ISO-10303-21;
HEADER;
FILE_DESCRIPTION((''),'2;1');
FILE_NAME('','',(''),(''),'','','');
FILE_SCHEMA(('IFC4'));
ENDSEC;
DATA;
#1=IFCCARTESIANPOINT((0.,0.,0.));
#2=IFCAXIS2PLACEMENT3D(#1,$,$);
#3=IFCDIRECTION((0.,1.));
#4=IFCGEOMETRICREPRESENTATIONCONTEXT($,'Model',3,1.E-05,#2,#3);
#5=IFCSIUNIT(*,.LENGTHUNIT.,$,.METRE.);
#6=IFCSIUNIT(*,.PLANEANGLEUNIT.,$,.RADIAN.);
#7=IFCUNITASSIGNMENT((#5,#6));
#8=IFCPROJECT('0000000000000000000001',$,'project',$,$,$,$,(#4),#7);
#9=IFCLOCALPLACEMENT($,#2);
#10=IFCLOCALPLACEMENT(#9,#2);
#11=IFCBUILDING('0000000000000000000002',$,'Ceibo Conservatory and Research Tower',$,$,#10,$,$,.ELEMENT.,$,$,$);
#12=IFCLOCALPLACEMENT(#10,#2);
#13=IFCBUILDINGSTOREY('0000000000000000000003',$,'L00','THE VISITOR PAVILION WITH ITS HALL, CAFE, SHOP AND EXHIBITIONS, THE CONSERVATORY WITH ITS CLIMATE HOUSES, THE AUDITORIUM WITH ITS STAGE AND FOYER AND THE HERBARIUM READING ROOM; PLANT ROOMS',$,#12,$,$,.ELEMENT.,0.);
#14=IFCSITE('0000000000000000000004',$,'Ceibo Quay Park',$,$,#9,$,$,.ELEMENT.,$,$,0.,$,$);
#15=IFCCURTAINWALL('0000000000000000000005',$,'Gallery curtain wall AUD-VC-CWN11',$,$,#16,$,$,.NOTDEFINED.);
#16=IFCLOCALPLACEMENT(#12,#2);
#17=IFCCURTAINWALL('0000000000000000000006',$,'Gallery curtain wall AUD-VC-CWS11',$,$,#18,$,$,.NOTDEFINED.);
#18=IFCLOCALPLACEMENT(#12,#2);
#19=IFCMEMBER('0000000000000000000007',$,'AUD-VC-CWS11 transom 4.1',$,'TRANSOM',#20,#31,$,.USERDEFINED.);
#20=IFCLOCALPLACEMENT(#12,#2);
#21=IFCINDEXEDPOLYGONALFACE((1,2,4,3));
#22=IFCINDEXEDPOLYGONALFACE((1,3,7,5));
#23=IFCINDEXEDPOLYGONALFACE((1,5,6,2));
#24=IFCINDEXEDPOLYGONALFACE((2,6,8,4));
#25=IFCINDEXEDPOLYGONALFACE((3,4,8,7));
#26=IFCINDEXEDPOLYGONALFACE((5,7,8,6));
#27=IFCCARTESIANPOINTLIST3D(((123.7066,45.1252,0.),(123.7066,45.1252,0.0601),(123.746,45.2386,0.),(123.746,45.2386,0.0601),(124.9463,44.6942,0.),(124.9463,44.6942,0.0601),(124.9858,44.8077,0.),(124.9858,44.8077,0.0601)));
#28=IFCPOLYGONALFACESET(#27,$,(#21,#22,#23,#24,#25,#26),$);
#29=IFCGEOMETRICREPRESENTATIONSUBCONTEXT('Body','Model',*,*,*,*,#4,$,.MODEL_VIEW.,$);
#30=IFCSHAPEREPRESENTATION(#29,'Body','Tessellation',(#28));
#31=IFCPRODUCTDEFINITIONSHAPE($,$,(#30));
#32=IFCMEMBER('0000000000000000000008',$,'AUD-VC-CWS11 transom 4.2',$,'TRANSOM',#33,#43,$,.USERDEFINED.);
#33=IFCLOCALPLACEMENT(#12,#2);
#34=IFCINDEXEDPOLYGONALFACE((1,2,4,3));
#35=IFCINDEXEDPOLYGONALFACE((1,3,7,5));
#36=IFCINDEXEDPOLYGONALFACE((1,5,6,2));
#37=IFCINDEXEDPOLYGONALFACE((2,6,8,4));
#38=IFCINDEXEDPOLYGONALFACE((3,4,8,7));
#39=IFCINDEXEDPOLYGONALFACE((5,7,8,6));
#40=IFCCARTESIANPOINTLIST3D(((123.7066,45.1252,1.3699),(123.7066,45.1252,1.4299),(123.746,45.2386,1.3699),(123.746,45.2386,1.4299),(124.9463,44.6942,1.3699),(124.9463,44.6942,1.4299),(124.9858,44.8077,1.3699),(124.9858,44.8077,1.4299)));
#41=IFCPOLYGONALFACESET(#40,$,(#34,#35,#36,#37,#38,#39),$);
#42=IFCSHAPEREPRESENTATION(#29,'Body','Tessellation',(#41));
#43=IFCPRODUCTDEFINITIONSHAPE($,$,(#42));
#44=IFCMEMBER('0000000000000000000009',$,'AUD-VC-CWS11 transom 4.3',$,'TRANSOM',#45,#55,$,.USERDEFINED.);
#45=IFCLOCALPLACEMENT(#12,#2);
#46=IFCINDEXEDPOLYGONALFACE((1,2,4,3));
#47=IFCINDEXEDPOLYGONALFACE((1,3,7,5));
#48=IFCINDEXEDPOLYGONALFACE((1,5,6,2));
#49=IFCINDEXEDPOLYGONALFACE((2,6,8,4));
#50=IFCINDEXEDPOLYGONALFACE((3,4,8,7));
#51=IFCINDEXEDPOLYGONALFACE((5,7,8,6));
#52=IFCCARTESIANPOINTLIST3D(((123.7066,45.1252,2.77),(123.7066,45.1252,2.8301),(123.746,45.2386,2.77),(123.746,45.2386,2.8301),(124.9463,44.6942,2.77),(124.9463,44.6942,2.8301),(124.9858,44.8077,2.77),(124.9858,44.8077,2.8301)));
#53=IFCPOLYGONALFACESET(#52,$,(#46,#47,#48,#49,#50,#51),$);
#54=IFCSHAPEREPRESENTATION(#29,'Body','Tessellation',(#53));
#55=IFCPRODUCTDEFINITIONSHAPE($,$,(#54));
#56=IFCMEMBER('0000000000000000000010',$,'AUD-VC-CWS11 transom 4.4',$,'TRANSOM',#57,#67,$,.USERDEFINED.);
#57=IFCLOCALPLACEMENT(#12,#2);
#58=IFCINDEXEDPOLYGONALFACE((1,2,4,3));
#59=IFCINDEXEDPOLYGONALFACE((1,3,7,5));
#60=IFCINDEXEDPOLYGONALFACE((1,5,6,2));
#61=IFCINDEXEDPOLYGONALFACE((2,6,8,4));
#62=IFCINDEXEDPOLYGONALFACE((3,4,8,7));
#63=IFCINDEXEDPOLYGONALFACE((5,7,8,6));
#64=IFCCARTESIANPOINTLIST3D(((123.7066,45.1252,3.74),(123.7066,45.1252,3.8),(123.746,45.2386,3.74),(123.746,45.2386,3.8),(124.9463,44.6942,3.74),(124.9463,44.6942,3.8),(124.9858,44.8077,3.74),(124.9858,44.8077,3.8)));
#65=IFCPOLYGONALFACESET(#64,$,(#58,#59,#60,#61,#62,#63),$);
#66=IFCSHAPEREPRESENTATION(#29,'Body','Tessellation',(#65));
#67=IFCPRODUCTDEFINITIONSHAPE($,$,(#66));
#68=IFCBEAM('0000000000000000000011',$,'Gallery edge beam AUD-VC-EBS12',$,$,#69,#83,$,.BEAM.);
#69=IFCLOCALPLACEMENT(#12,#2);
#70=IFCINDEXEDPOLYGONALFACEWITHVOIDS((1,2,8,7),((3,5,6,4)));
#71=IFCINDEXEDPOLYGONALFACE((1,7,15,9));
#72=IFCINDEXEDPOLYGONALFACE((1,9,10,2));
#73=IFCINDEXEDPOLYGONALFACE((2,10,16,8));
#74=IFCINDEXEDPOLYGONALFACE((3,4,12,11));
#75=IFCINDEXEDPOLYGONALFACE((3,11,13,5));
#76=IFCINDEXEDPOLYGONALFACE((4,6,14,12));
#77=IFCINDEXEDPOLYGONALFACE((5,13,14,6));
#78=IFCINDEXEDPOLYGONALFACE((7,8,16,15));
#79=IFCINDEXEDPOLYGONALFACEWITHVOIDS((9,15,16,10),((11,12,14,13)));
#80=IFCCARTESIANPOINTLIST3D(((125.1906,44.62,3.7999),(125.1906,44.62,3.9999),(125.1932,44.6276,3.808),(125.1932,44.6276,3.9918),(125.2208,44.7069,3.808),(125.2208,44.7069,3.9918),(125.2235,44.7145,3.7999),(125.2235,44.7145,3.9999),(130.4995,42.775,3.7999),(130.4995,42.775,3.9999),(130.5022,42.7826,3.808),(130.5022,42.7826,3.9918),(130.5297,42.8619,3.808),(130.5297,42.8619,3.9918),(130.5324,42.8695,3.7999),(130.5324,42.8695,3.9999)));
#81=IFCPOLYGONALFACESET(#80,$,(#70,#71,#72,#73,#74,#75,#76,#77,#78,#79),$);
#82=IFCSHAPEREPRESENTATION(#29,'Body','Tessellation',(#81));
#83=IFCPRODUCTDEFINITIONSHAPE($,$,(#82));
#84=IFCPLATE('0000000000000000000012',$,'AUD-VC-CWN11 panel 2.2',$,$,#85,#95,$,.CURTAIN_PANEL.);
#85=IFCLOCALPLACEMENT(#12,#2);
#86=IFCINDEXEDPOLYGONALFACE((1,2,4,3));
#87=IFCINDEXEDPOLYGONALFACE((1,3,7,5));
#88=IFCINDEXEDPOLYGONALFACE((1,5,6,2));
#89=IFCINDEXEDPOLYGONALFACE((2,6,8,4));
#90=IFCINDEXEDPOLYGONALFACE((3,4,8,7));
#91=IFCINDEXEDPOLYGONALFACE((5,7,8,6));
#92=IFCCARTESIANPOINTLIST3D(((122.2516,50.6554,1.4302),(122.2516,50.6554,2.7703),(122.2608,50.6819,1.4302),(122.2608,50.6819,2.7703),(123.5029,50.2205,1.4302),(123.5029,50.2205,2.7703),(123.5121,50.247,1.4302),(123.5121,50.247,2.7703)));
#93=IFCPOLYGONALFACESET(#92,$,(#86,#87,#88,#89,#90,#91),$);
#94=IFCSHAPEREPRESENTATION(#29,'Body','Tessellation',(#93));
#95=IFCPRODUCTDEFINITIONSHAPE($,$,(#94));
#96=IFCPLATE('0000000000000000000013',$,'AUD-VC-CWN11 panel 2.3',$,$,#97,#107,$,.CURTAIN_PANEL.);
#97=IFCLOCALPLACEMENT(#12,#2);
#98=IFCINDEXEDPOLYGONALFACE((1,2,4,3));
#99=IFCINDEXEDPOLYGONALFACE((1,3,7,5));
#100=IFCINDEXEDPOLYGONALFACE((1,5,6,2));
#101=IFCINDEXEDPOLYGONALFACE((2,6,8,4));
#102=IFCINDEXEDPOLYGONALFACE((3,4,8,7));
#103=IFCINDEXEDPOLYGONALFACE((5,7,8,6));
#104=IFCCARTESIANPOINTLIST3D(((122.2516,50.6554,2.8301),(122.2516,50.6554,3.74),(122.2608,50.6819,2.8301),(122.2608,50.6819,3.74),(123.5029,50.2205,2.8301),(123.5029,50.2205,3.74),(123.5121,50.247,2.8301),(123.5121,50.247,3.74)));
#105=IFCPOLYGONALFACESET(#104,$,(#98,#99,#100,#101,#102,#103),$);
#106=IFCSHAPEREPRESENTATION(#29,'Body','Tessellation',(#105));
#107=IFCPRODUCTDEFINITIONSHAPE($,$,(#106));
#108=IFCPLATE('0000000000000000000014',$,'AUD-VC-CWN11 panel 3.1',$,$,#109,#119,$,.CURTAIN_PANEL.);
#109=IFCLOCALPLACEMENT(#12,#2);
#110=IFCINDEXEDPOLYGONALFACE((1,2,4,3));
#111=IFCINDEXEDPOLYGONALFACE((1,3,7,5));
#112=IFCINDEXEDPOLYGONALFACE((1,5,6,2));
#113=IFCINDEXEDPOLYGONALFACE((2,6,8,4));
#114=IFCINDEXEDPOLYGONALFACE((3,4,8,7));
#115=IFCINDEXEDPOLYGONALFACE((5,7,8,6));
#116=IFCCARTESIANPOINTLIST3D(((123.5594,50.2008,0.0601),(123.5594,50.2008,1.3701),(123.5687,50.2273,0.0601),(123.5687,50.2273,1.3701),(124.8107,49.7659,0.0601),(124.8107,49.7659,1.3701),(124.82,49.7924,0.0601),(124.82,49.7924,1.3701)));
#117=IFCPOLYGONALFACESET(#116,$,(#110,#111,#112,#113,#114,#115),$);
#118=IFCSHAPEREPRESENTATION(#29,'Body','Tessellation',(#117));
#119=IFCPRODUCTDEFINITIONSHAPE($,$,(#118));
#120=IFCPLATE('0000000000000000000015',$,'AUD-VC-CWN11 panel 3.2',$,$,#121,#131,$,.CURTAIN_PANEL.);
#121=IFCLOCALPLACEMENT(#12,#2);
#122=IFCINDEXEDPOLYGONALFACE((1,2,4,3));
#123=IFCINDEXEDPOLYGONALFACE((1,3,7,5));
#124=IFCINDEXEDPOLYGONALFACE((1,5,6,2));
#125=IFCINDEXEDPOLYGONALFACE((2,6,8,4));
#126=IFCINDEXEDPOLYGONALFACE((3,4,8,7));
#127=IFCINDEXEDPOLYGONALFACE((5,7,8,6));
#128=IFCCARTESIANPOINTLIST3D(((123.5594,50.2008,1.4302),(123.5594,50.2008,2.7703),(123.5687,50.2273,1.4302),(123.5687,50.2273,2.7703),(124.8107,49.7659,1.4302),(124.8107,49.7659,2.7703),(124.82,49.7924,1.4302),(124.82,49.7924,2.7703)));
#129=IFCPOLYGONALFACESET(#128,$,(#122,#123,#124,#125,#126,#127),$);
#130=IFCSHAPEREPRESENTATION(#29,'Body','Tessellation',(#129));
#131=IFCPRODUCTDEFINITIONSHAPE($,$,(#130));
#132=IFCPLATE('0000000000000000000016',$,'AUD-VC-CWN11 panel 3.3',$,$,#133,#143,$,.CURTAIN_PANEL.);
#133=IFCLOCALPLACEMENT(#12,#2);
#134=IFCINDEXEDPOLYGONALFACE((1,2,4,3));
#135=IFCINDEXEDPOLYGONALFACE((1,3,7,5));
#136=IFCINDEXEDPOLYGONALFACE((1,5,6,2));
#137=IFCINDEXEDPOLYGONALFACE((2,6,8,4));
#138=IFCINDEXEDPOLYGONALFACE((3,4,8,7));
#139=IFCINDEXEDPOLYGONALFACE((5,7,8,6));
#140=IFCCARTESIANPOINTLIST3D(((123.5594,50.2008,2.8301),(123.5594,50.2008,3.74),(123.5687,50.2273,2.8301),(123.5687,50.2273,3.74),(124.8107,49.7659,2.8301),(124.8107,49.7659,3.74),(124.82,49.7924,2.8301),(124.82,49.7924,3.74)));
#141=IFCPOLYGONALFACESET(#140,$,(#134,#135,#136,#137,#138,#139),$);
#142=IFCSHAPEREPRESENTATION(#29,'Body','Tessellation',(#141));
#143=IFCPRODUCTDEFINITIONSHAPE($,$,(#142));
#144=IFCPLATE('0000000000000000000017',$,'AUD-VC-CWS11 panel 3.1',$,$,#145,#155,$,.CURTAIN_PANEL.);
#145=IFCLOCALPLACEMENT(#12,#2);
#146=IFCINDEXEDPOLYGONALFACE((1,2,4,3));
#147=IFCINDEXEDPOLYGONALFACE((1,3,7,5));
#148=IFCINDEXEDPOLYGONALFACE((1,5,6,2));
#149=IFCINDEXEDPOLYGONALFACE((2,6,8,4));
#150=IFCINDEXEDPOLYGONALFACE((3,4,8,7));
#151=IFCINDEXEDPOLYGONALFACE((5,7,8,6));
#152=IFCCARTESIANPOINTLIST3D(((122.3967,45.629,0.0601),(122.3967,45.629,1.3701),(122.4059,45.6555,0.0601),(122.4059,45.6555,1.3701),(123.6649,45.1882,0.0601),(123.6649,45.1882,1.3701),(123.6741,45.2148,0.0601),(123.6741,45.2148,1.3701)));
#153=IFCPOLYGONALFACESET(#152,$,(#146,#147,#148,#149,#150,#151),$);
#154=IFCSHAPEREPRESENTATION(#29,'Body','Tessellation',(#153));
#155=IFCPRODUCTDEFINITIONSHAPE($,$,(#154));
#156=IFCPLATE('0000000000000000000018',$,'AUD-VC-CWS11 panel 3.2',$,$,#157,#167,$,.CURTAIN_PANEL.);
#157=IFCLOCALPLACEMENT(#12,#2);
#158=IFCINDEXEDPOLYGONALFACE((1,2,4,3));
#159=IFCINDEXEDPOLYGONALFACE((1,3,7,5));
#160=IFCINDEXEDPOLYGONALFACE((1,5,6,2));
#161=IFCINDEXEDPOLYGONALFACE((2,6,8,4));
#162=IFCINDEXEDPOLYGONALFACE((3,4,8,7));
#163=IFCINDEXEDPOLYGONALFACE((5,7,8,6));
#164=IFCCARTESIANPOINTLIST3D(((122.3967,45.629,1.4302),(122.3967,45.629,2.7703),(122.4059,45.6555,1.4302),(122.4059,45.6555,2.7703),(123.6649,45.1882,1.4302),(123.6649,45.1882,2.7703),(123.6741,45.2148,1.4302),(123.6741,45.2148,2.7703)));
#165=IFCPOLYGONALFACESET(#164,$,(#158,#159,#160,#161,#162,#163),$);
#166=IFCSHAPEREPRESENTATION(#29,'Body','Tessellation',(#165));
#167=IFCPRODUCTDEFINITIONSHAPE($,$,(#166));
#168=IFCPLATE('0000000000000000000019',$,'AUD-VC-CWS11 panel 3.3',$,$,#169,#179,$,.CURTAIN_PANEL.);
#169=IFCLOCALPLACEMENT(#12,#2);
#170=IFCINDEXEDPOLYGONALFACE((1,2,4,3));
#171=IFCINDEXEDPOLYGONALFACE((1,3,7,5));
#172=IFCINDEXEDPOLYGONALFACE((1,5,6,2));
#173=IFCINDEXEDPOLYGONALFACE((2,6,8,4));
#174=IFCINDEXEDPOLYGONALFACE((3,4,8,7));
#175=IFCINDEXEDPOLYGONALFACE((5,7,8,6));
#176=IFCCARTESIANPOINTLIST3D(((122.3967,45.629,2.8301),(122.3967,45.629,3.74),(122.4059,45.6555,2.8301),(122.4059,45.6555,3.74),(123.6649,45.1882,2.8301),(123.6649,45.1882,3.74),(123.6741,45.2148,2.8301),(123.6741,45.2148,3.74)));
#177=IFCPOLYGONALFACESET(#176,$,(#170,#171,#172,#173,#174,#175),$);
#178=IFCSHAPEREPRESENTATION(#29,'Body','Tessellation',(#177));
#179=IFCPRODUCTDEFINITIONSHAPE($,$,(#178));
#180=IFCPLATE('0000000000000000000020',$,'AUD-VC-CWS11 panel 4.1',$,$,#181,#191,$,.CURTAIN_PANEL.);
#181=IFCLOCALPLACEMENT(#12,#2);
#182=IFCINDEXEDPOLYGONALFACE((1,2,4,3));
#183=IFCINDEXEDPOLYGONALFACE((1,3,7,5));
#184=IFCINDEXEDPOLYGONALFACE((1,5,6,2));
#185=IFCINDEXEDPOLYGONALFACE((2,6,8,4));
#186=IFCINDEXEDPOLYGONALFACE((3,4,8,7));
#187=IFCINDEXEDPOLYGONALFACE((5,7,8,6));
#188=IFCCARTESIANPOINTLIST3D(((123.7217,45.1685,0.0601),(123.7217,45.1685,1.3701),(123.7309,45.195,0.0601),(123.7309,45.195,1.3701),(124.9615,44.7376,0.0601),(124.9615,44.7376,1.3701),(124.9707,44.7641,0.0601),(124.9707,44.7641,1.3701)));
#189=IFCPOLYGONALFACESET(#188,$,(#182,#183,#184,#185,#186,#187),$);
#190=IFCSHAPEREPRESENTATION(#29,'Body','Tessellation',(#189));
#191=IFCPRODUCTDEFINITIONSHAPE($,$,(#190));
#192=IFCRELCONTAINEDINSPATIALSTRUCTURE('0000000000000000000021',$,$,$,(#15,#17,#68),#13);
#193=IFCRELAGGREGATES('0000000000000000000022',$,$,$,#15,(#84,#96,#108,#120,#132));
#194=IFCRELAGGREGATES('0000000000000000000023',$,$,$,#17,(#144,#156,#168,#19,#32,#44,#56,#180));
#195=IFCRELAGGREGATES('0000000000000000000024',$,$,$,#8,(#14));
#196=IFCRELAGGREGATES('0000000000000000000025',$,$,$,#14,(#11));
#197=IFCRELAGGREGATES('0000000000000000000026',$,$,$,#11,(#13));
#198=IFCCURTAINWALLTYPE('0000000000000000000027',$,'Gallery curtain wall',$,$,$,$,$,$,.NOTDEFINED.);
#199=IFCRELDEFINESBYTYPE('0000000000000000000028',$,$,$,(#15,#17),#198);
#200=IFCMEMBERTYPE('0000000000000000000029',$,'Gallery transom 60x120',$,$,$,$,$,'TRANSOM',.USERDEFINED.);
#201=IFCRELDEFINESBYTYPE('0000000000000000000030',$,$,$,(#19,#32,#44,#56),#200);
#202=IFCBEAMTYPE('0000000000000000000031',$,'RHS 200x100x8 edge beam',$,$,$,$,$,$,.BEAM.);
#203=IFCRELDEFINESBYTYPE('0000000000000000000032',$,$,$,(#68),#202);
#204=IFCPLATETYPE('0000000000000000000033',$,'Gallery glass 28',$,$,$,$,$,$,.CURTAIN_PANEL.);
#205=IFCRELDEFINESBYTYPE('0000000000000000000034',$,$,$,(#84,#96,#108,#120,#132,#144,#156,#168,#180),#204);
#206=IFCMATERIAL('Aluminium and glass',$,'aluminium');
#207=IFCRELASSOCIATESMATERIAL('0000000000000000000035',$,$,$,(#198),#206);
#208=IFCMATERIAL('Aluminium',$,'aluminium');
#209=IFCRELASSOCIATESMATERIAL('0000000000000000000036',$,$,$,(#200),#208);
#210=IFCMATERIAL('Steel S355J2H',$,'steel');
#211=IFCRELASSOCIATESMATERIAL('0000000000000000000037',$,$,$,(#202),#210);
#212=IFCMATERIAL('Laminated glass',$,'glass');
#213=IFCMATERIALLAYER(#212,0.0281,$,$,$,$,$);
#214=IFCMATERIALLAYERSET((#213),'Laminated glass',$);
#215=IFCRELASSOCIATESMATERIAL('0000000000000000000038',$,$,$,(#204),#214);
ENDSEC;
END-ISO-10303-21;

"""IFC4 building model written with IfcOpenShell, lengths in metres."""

from ifc_helpers import new_model, si_unit, direction, frame, origin, origin_2d, place, context, subcontext, project, spatial, rectangle, hollow_rectangle, extrude, material, layer, layer_set, material_profile, profile_set, type_object, element, aggregate, save


model = new_model("IFC4")

# Units and contexts
model_context = context("Model", 3, precision=1e-05, world=origin(), true_north=direction((0.0, 1.0)))
body_context = subcontext(model_context, "Body", "Model", "MODEL_VIEW")
ifc_project = project(units=[si_unit("LENGTHUNIT", "METRE"), si_unit("PLANEANGLEUNIT", "RADIAN")], contexts=[model_context])

# Site, building, storey
site_placement = place(None, origin())
site = spatial("IfcSite", under=ifc_project, at=site_placement, Name="Ceibo Quay Park", CompositionType="ELEMENT", RefElevation=0.0)
building_placement = place(site_placement, origin())
building = spatial("IfcBuilding", under=site, at=building_placement, Name="Ceibo Conservatory and Research Tower", CompositionType="ELEMENT")
storey_placement = place(building_placement, origin())
storey = spatial("IfcBuildingStorey", under=building, at=storey_placement, Name="L00", Description="THE VISITOR PAVILION WITH ITS HALL, CAFE, SHOP AND EXHIBITIONS, THE CONSERVATORY WITH ITS CLIMATE HOUSES, THE AUDITORIUM WITH ITS STAGE AND FOYER AND THE HERBARIUM READING ROOM; PLANT ROOMS", CompositionType="ELEMENT", Elevation=0.0)

# Shared definitions
ifc_material_1 = material(Name="Steel S355J2H", Category="steel")

# Curtain walls
ifc_material_2 = material(Name="Aluminium and glass", Category="aluminium")
curtain_wall_type = type_object("IfcCurtainWallType", Name="Gallery curtain wall", PredefinedType="NOTDEFINED", material=ifc_material_2)
curtain_wall_1_placement = place(storey_placement, origin())
curtain_wall_1 = element("IfcCurtainWall", 1, at=curtain_wall_1_placement, inside=storey, type_object=curtain_wall_type, Name="Gallery curtain wall AUD-VC-CWN11", PredefinedType="NOTDEFINED")
ifc_material_3 = material(Name="Aluminium", Category="aluminium")
curtain_wall_2_placement = place(storey_placement, origin())
curtain_wall_2 = element("IfcCurtainWall", 2, at=curtain_wall_2_placement, inside=storey, type_object=curtain_wall_type, Name="Gallery curtain wall AUD-VC-CWS11", PredefinedType="NOTDEFINED")

# Members
ifc_material_profile_1 = material_profile(ifc_material_3, rectangle(XDim=0.1201, YDim=0.0601, at=origin_2d()), Name="AL 60x120")
ifc_profile_set_1 = profile_set([ifc_material_profile_1], Name="Aluminium")
member_type_1 = type_object("IfcMemberType", Name="Gallery transom 60x120", ElementType="TRANSOM", PredefinedType="USERDEFINED", material=ifc_profile_set_1)
member_1_placement = place(storey_placement, frame((123.7263, 45.1819, 0.03), z_axis=(0.94457, -0.328311, 0.0), x_axis=(0.328311, 0.94457, 0.0)))
member_1 = element("IfcMember", 3, at=member_1_placement, type_object=member_type_1, Name="AUD-VC-CWS11 transom 4.1", ObjectType="TRANSOM", PredefinedType="USERDEFINED", context=body_context, shape_type="SweptSolid", body=[
    extrude(rectangle(XDim=0.1201, YDim=0.0601, at=origin_2d()), origin(), (0.0, 0.0, 1.0), 1.3125),
])
member_2_placement = place(storey_placement, frame((123.7263, 45.1819, 1.3999), z_axis=(0.94457, -0.328311, 0.0), x_axis=(0.328311, 0.94457, 0.0)))
member_2 = element("IfcMember", 4, at=member_2_placement, type_object=member_type_1, Name="AUD-VC-CWS11 transom 4.2", ObjectType="TRANSOM", PredefinedType="USERDEFINED", context=body_context, shape_type="SweptSolid", body=[
    extrude(rectangle(XDim=0.1201, YDim=0.0601, at=origin_2d()), origin(), (0.0, 0.0, 1.0), 1.3125),
])
member_3_placement = place(storey_placement, frame((123.7263, 45.1819, 2.8), z_axis=(0.94457, -0.328311, 0.0), x_axis=(0.328311, 0.94457, 0.0)))
member_3 = element("IfcMember", 5, at=member_3_placement, type_object=member_type_1, Name="AUD-VC-CWS11 transom 4.3", ObjectType="TRANSOM", PredefinedType="USERDEFINED", context=body_context, shape_type="SweptSolid", body=[
    extrude(rectangle(XDim=0.1201, YDim=0.0601, at=origin_2d()), origin(), (0.0, 0.0, 1.0), 1.3125),
])
member_4_placement = place(storey_placement, frame((123.7263, 45.1819, 3.77), z_axis=(0.94457, -0.328311, 0.0), x_axis=(0.328311, 0.94457, 0.0)))
member_4 = element("IfcMember", 6, at=member_4_placement, type_object=member_type_1, Name="AUD-VC-CWS11 transom 4.4", ObjectType="TRANSOM", PredefinedType="USERDEFINED", context=body_context, shape_type="SweptSolid", body=[
    extrude(rectangle(XDim=0.1201, YDim=0.0601, at=origin_2d()), origin(), (0.0, 0.0, 1.0), 1.3125),
])

# Beam
ifc_material_profile_2 = material_profile(ifc_material_1, hollow_rectangle(XDim=0.1001, YDim=0.2, WallThickness=0.0081, at=origin_2d()), Name="RHS 200x100x8 edge beam")
ifc_profile_set_2 = profile_set([ifc_material_profile_2], Name="Steel S355J2H")
beam_type = type_object("IfcBeamType", Name="RHS 200x100x8 edge beam", PredefinedType="BEAM", material=ifc_profile_set_2)
beam_placement = place(storey_placement, frame((125.207, 44.6672, 3.8999), z_axis=(0.944584, -0.32827, 0.0), x_axis=(0.32827, 0.944584, 0.0)))
element("IfcBeam", 7, at=beam_placement, inside=storey, type_object=beam_type, Name="Gallery edge beam AUD-VC-EBS12", PredefinedType="BEAM", context=body_context, shape_type="SweptSolid", body=[
    extrude(hollow_rectangle(XDim=0.1001, YDim=0.2, WallThickness=0.0081, at=origin_2d()), origin(), (0.0, 0.0, 1.0), 5.6204),
])

# Plates
ifc_material_4 = material(Name="Laminated glass", Category="glass")
ifc_layer = layer(ifc_material_4, 0.0281)
ifc_layer_set = layer_set([ifc_layer], Name="Laminated glass")
plate_type = type_object("IfcPlateType", Name="Gallery glass 28", PredefinedType="CURTAIN_PANEL", material=ifc_layer_set)
plate_1_placement = place(storey_placement, frame((122.8818, 50.4512, 1.4302), z_axis=(0.0, 0.0, 1.0), x_axis=(0.944579, -0.328284, 0.0)))
plate_1 = element("IfcPlate", 8, at=plate_1_placement, type_object=plate_type, Name="AUD-VC-CWN11 panel 2.2", PredefinedType="CURTAIN_PANEL", context=body_context, shape_type="SweptSolid", body=[
    extrude(rectangle(XDim=1.3247, YDim=0.0281, at=origin_2d()), origin(), (0.0, 0.0, 1.0), 1.3401),
])
plate_2_placement = place(storey_placement, frame((122.8818, 50.4512, 2.8301), z_axis=(0.0, 0.0, 1.0), x_axis=(0.944579, -0.328284, 0.0)))
plate_2 = element("IfcPlate", 9, at=plate_2_placement, type_object=plate_type, Name="AUD-VC-CWN11 panel 2.3", PredefinedType="CURTAIN_PANEL", context=body_context, shape_type="SweptSolid", body=[
    extrude(rectangle(XDim=1.3247, YDim=0.0281, at=origin_2d()), origin(), (0.0, 0.0, 1.0), 0.9099),
])
plate_3_placement = place(storey_placement, frame((124.1897, 49.9966, 0.0601), z_axis=(0.0, 0.0, 1.0), x_axis=(0.944579, -0.328284, 0.0)))
plate_3 = element("IfcPlate", 10, at=plate_3_placement, type_object=plate_type, Name="AUD-VC-CWN11 panel 3.1", PredefinedType="CURTAIN_PANEL", context=body_context, shape_type="SweptSolid", body=[
    extrude(rectangle(XDim=1.3247, YDim=0.0281, at=origin_2d()), origin(), (0.0, 0.0, 1.0), 1.3101),
])
plate_4_placement = place(storey_placement, frame((124.1897, 49.9966, 1.4302), z_axis=(0.0, 0.0, 1.0), x_axis=(0.944579, -0.328284, 0.0)))
plate_4 = element("IfcPlate", 11, at=plate_4_placement, type_object=plate_type, Name="AUD-VC-CWN11 panel 3.2", PredefinedType="CURTAIN_PANEL", context=body_context, shape_type="SweptSolid", body=[
    extrude(rectangle(XDim=1.3247, YDim=0.0281, at=origin_2d()), origin(), (0.0, 0.0, 1.0), 1.3401),
])
plate_5_placement = place(storey_placement, frame((124.1897, 49.9966, 2.8301), z_axis=(0.0, 0.0, 1.0), x_axis=(0.944579, -0.328284, 0.0)))
plate_5 = element("IfcPlate", 12, at=plate_5_placement, type_object=plate_type, Name="AUD-VC-CWN11 panel 3.3", PredefinedType="CURTAIN_PANEL", context=body_context, shape_type="SweptSolid", body=[
    extrude(rectangle(XDim=1.3247, YDim=0.0281, at=origin_2d()), origin(), (0.0, 0.0, 1.0), 0.9099),
])
aggregate(curtain_wall_1, [plate_1, plate_2, plate_3, plate_4, plate_5])
plate_6_placement = place(storey_placement, frame((123.0354, 45.4219, 0.0601), z_axis=(0.0, 0.0, 1.0), x_axis=(0.944579, -0.328284, 0.0)))
plate_6 = element("IfcPlate", 13, at=plate_6_placement, type_object=plate_type, Name="AUD-VC-CWS11 panel 3.1", PredefinedType="CURTAIN_PANEL", context=body_context, shape_type="SweptSolid", body=[
    extrude(rectangle(XDim=1.3425, YDim=0.0281, at=origin_2d()), origin(), (0.0, 0.0, 1.0), 1.3101),
])
plate_7_placement = place(storey_placement, frame((123.0354, 45.4219, 1.4302), z_axis=(0.0, 0.0, 1.0), x_axis=(0.944579, -0.328284, 0.0)))
plate_7 = element("IfcPlate", 14, at=plate_7_placement, type_object=plate_type, Name="AUD-VC-CWS11 panel 3.2", PredefinedType="CURTAIN_PANEL", context=body_context, shape_type="SweptSolid", body=[
    extrude(rectangle(XDim=1.3425, YDim=0.0281, at=origin_2d()), origin(), (0.0, 0.0, 1.0), 1.3401),
])
plate_8_placement = place(storey_placement, frame((123.0354, 45.4219, 2.8301), z_axis=(0.0, 0.0, 1.0), x_axis=(0.944579, -0.328284, 0.0)))
plate_8 = element("IfcPlate", 15, at=plate_8_placement, type_object=plate_type, Name="AUD-VC-CWS11 panel 3.3", PredefinedType="CURTAIN_PANEL", context=body_context, shape_type="SweptSolid", body=[
    extrude(rectangle(XDim=1.3425, YDim=0.0281, at=origin_2d()), origin(), (0.0, 0.0, 1.0), 0.9099),
])
plate_9_placement = place(storey_placement, frame((124.3462, 44.9663, 0.0601), z_axis=(0.0, 0.0, 1.0), x_axis=(0.944579, -0.328284, 0.0)))
plate_9 = element("IfcPlate", 16, at=plate_9_placement, type_object=plate_type, Name="AUD-VC-CWS11 panel 4.1", PredefinedType="CURTAIN_PANEL", context=body_context, shape_type="SweptSolid", body=[
    extrude(rectangle(XDim=1.3125, YDim=0.0281, at=origin_2d()), origin(), (0.0, 0.0, 1.0), 1.3101),
])
aggregate(curtain_wall_2, [plate_6, plate_7, plate_8, member_1, member_2, member_3, member_4, plate_9])

save(model, "model.ifc")
